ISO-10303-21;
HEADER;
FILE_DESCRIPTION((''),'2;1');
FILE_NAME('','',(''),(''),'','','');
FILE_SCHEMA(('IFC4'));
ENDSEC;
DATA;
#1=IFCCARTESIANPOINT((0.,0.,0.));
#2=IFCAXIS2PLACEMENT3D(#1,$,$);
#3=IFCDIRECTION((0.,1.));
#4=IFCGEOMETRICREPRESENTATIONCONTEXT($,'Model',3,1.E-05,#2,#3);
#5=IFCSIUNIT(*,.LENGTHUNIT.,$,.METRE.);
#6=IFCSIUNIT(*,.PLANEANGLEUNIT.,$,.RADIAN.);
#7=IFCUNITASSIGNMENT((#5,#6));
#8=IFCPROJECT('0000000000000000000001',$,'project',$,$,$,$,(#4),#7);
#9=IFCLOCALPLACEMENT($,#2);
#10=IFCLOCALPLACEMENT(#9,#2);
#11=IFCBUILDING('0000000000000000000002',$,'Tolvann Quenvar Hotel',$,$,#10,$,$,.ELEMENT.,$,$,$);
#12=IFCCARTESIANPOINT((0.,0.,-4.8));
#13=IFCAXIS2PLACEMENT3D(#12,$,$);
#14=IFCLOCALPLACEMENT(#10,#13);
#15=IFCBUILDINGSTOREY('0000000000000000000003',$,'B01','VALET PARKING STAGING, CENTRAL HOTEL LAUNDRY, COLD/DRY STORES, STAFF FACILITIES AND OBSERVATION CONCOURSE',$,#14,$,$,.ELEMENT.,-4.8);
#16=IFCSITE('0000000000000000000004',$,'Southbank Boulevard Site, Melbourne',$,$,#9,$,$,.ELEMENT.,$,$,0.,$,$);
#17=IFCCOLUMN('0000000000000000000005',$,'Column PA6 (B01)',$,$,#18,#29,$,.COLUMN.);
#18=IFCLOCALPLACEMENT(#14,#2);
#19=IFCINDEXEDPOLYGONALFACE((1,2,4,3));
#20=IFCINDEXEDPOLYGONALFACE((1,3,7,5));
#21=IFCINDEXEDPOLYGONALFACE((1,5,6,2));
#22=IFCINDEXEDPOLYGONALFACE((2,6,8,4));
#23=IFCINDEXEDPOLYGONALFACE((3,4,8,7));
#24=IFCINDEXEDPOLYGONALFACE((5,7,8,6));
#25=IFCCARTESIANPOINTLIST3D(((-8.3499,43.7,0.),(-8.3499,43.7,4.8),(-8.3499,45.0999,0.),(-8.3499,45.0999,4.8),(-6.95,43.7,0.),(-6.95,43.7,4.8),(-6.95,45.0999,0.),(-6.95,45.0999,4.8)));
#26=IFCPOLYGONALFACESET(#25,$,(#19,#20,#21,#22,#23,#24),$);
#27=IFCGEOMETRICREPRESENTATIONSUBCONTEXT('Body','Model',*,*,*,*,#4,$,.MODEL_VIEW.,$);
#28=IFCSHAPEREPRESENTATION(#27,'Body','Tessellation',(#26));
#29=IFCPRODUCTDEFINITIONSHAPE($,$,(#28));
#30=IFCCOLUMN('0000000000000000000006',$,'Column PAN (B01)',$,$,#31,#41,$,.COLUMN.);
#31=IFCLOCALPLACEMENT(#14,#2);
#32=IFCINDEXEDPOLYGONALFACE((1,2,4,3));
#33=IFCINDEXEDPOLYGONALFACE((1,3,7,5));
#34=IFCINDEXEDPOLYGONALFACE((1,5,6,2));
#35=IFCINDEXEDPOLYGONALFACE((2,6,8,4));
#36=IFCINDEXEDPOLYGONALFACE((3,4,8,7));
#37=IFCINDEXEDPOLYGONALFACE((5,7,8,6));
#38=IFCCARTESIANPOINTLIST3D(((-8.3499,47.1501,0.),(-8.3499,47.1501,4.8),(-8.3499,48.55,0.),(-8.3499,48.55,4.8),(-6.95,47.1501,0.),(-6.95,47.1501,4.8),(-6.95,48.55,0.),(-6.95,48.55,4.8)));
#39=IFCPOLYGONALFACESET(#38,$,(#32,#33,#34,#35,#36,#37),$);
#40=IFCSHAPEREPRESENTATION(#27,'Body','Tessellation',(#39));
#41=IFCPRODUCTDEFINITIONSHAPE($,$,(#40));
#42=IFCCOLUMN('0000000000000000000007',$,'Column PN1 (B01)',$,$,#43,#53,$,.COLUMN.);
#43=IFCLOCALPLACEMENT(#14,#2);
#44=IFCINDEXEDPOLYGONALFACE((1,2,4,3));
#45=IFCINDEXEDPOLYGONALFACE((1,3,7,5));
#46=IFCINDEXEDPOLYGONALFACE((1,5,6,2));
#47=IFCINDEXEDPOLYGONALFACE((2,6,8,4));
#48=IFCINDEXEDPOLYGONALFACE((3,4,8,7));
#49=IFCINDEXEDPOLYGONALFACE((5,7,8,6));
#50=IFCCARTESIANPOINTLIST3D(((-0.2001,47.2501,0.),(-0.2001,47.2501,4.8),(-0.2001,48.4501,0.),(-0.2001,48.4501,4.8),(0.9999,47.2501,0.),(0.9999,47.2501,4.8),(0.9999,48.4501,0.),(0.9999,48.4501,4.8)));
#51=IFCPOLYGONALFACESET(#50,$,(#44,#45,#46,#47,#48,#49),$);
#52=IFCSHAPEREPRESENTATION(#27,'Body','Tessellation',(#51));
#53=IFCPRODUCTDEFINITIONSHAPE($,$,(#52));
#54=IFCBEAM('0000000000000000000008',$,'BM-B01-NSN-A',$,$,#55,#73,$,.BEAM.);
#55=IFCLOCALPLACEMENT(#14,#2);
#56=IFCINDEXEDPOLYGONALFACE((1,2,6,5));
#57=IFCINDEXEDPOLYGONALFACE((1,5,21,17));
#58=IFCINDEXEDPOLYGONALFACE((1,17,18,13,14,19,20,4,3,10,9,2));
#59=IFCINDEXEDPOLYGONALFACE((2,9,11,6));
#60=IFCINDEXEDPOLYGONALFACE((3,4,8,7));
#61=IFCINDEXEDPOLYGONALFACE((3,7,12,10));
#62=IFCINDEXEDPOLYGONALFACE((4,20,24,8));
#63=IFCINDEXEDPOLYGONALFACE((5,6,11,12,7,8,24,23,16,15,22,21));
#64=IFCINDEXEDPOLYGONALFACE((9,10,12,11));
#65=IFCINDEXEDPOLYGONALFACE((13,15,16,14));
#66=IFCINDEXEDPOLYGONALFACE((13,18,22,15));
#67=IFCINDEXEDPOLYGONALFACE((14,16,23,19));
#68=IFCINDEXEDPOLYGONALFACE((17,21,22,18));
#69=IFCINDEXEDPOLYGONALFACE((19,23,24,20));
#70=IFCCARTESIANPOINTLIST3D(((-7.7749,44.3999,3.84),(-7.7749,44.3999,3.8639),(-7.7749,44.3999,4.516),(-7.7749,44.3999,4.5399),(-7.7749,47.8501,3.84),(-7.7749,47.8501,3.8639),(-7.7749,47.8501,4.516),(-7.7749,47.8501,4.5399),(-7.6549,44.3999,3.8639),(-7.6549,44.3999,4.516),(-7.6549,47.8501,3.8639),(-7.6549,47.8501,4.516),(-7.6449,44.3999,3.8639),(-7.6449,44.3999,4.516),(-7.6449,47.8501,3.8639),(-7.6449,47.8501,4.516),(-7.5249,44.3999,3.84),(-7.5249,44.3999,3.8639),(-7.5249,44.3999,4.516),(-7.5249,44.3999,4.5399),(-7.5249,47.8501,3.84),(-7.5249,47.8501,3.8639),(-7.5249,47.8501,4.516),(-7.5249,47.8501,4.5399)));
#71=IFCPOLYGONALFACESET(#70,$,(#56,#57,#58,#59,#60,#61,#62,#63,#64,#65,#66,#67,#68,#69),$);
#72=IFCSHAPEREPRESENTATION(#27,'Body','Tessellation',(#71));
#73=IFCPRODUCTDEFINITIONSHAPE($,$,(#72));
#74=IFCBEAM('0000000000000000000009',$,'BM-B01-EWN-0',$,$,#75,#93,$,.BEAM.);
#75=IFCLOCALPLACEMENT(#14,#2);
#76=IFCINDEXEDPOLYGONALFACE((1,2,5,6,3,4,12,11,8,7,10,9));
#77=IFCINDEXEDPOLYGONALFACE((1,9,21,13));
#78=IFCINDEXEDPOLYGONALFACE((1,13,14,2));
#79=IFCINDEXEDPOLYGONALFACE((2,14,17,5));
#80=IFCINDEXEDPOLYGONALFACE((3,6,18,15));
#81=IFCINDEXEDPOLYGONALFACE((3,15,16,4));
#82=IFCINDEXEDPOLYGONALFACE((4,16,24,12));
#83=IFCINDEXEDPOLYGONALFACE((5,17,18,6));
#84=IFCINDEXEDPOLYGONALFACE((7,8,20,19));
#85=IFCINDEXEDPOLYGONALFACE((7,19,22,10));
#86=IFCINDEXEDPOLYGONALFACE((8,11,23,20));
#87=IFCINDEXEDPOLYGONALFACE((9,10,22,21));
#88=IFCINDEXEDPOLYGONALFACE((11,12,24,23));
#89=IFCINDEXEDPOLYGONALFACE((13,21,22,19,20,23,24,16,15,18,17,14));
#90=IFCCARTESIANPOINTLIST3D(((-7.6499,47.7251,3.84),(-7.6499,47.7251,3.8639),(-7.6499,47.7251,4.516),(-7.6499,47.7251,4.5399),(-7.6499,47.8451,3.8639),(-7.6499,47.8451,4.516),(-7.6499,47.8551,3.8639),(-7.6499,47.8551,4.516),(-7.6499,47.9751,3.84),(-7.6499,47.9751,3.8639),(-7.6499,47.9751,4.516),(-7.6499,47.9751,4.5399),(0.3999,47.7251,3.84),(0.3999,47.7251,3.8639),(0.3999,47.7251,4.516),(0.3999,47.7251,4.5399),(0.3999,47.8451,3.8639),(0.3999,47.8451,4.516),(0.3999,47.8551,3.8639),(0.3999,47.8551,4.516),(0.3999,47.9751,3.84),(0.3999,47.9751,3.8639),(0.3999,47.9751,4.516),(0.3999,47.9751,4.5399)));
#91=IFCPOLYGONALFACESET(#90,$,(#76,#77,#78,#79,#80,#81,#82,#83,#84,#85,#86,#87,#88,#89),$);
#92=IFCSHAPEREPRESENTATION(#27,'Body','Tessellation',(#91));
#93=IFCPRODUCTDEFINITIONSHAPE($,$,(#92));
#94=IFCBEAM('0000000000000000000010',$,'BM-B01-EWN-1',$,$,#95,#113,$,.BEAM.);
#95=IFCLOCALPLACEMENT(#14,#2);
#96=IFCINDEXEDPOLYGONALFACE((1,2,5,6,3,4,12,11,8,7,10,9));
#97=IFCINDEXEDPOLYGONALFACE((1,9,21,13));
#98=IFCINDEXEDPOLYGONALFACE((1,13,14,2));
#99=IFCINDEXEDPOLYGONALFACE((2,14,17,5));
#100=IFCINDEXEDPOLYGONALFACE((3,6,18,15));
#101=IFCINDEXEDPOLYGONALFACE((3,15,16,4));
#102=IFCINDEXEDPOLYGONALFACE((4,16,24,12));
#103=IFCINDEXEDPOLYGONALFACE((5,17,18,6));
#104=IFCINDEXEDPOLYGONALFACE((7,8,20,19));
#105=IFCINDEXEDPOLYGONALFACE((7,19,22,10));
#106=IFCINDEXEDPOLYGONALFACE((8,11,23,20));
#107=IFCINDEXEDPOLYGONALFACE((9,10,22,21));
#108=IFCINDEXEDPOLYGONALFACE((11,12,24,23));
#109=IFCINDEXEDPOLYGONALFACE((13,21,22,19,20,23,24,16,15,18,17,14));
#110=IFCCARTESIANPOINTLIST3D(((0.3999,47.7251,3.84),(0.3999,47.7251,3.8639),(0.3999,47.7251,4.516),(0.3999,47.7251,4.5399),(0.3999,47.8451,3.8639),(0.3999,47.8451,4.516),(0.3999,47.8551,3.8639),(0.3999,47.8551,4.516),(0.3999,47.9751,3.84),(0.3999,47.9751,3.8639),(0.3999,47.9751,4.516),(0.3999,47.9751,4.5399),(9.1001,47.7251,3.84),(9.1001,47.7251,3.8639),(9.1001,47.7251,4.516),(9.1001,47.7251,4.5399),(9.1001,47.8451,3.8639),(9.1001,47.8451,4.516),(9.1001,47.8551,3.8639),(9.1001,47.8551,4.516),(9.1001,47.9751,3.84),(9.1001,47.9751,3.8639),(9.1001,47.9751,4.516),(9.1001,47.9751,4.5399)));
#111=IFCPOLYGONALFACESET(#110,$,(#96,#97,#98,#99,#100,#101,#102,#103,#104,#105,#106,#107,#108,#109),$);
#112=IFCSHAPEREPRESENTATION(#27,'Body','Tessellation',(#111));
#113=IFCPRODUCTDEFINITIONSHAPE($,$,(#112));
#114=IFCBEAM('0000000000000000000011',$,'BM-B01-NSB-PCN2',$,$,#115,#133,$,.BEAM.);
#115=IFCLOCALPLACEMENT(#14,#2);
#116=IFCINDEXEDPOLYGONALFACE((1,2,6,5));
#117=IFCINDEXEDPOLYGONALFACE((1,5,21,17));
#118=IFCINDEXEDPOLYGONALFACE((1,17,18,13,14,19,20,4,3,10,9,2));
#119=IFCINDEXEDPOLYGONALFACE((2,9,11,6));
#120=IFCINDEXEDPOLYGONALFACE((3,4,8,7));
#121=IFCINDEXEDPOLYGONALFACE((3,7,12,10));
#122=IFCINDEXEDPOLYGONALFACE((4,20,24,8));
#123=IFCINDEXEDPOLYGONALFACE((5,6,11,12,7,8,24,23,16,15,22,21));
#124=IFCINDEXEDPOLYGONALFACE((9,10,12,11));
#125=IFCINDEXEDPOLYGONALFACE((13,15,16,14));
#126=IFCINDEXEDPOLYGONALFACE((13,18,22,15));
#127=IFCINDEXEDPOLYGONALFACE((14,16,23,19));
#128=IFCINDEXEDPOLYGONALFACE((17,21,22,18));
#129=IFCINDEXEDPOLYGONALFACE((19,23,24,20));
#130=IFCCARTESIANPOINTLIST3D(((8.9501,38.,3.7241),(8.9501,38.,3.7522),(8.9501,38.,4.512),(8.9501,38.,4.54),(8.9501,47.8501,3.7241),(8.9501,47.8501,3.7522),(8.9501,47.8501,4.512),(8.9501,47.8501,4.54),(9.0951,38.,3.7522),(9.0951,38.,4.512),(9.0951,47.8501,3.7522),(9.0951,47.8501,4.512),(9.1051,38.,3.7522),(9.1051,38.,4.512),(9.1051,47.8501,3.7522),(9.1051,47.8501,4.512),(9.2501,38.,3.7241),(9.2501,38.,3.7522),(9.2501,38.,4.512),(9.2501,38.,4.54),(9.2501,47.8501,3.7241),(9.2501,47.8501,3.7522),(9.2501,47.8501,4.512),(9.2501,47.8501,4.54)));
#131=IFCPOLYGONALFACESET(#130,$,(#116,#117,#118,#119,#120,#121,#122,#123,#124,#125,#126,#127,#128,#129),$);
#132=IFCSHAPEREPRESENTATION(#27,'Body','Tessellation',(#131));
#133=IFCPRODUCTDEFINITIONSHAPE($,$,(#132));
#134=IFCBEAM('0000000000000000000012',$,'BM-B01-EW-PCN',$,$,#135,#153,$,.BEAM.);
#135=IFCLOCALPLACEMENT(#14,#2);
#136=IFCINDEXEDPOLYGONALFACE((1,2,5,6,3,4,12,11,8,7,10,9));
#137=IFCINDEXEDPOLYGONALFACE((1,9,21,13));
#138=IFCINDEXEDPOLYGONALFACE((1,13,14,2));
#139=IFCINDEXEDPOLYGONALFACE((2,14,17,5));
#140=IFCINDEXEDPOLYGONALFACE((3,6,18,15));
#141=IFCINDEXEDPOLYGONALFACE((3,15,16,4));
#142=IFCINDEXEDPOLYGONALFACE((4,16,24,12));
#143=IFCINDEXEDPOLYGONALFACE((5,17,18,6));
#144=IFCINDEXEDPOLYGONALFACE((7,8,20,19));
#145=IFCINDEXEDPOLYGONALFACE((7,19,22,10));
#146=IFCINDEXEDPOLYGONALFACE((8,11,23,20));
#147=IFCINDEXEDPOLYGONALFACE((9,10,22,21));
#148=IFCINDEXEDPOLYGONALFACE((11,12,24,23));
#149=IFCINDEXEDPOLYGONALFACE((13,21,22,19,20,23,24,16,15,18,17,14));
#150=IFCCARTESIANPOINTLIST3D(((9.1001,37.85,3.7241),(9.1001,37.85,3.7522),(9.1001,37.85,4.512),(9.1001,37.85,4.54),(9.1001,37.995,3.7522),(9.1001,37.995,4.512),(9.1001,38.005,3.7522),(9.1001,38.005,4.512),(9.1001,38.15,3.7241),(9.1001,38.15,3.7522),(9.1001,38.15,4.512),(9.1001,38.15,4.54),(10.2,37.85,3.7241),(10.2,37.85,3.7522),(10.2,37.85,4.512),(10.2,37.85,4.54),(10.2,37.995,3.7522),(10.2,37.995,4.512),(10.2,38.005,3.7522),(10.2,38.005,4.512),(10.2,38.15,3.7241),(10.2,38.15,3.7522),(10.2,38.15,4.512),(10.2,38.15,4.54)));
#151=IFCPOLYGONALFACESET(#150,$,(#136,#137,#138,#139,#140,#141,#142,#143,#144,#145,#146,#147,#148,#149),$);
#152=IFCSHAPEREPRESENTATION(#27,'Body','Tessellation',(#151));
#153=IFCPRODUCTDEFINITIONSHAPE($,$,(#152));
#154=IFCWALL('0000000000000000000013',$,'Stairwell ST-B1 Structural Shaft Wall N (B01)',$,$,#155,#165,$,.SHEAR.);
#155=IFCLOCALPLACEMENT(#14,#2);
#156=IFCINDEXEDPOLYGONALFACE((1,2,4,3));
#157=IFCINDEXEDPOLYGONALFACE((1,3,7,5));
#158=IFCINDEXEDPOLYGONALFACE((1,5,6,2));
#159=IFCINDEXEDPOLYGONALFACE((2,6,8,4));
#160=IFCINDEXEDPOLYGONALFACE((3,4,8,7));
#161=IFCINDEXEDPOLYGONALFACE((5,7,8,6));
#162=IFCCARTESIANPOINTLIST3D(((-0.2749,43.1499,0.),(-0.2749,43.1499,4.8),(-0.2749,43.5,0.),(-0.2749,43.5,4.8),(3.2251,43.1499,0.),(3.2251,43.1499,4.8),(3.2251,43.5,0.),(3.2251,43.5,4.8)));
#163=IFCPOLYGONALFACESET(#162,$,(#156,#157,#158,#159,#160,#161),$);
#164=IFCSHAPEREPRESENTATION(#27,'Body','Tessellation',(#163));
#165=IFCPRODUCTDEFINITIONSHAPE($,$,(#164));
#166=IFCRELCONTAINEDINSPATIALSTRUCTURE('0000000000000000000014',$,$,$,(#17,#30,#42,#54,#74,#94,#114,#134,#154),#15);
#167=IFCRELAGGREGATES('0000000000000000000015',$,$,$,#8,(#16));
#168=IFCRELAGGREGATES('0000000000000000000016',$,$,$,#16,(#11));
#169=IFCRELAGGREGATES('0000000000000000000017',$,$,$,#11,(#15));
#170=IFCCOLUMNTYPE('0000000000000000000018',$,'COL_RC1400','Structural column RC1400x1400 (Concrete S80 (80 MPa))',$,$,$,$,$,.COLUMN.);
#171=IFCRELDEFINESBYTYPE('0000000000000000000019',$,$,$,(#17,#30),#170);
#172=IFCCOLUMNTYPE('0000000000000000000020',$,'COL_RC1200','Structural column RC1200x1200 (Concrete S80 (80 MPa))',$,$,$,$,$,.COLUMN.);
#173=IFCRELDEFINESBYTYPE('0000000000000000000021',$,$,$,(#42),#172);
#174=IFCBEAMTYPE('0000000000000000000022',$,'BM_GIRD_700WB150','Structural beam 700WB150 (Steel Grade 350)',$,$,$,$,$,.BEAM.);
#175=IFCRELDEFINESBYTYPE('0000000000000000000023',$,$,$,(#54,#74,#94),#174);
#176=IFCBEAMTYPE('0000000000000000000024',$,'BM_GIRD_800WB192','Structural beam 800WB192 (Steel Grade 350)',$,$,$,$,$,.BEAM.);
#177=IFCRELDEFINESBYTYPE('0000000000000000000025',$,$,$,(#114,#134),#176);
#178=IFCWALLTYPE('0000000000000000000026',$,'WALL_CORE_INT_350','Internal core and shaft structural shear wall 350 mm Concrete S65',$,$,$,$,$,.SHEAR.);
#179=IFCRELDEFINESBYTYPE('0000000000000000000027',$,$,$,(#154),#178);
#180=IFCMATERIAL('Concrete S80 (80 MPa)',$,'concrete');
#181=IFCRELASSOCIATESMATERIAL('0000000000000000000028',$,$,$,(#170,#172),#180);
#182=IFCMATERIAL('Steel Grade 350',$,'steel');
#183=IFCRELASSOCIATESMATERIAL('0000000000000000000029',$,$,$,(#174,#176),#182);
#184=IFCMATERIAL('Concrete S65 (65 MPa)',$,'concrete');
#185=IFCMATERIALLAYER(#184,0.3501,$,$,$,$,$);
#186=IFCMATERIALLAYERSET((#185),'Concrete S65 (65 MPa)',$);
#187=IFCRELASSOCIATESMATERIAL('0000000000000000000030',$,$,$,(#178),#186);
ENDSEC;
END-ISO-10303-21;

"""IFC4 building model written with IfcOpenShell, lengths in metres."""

from ifc_helpers import new_model, si_unit, direction, frame, frame_2d, origin, origin_2d, place, context, subcontext, project, spatial, rectangle, i_section, extrude, source, transform, mapped, material, layer, layer_set, material_profile, profile_set, type_object, type_shapes, element, save


model = new_model("IFC4")

# Units and contexts
model_context = context("Model", 3, precision=1e-05, world=origin(), true_north=direction((0.0, 1.0)))
body_context = subcontext(model_context, "Body", "Model", "MODEL_VIEW")
ifc_project = project(units=[si_unit("LENGTHUNIT", "METRE"), si_unit("PLANEANGLEUNIT", "RADIAN")], contexts=[model_context])

# Site, building, storey
site_placement = place(None, origin())
site = spatial("IfcSite", under=ifc_project, at=site_placement, Name="Southbank Boulevard Site, Melbourne", CompositionType="ELEMENT", RefElevation=0.0)
building_placement = place(site_placement, origin())
building = spatial("IfcBuilding", under=site, at=building_placement, Name="Tolvann Quenvar Hotel", CompositionType="ELEMENT")
storey_placement = place(building_placement, frame((0.0, 0.0, -4.8)))
storey = spatial("IfcBuildingStorey", under=building, at=storey_placement, Name="B01", Description="VALET PARKING STAGING, CENTRAL HOTEL LAUNDRY, COLD/DRY STORES, STAFF FACILITIES AND OBSERVATION CONCOURSE", CompositionType="ELEMENT", Elevation=-4.8)

# Columns
ifc_material_1 = material(Name="Concrete S80 (80 MPa)", Category="concrete")
ifc_material_profile_1 = material_profile(ifc_material_1, rectangle(XDim=1.3999, YDim=1.3999, at=origin_2d()), Name="RC1400x1400")
ifc_profile_set_1 = profile_set([ifc_material_profile_1], Name="Concrete S80 (80 MPa)")
column_type_1 = type_object("IfcColumnType", Name="COL_RC1400", Description="Structural column RC1400x1400 (Concrete S80 (80 MPa))", PredefinedType="COLUMN", material=ifc_profile_set_1)
shared_shape_1 = source(origin(), body_context, "Body", "SweptSolid", [
    extrude(rectangle(XDim=1.3999, YDim=1.3999, at=origin_2d()), origin(), (0.0, 0.0, 1.0), 4.8),
])
type_shapes(column_type_1, [shared_shape_1])
for number, where, z_axis, x_axis, name in (
    (1, (-7.6499, 44.3999, 0.0), (0.0, 0.0, 1.0), (1.0, 0.0, 0.0), "Column PA6 (B01)"),
    (2, (-7.6499, 47.8501, 0.0), (0.0, 0.0, 1.0), (1.0, 0.0, 0.0), "Column PAN (B01)"),
):
    element("IfcColumn", number, at=place(storey_placement, frame(where, z_axis=z_axis, x_axis=x_axis)), inside=storey, type_object=column_type_1, Name=name, PredefinedType="COLUMN", context=body_context, shape_type="MappedRepresentation", body=[
        mapped(shared_shape_1, transform((0.0, 0.0, 0.0), x_axis=(1.0, 0.0, 0.0), y_axis=(0.0, 1.0, 0.0), z_axis=(0.0, 0.0, 1.0), scale=1.0)),
    ])
ifc_material_profile_2 = material_profile(ifc_material_1, rectangle(XDim=1.2, YDim=1.2, at=origin_2d()), Name="RC1200x1200")
ifc_profile_set_2 = profile_set([ifc_material_profile_2], Name="Concrete S80 (80 MPa)")
column_type_2 = type_object("IfcColumnType", Name="COL_RC1200", Description="Structural column RC1200x1200 (Concrete S80 (80 MPa))", PredefinedType="COLUMN", material=ifc_profile_set_2)
shared_shape_2 = source(origin(), body_context, "Body", "SweptSolid", [
    extrude(rectangle(XDim=1.2, YDim=1.2, at=origin_2d()), origin(), (0.0, 0.0, 1.0), 4.8),
])
type_shapes(column_type_2, [shared_shape_2])
column_placement = place(storey_placement, frame((0.3999, 47.8501, 0.0), z_axis=(0.0, 0.0, 1.0), x_axis=(1.0, 0.0, 0.0)))
element("IfcColumn", 3, at=column_placement, inside=storey, type_object=column_type_2, Name="Column PN1 (B01)", PredefinedType="COLUMN", context=body_context, shape_type="MappedRepresentation", body=[
    mapped(shared_shape_2, transform((0.0, 0.0, 0.0), x_axis=(1.0, 0.0, 0.0), y_axis=(0.0, 1.0, 0.0), z_axis=(0.0, 0.0, 1.0), scale=1.0)),
])

# Beams
ifc_material_2 = material(Name="Steel Grade 350", Category="steel")
ifc_material_profile_3 = material_profile(ifc_material_2, i_section(OverallWidth=0.25, OverallDepth=0.7, WebThickness=0.01, FlangeThickness=0.0239, at=origin_2d()), Name="700WB150")
ifc_profile_set_3 = profile_set([ifc_material_profile_3], Name="Steel Grade 350")
beam_type_1 = type_object("IfcBeamType", Name="BM_GIRD_700WB150", Description="Structural beam 700WB150 (Steel Grade 350)", PredefinedType="BEAM", material=ifc_profile_set_3)
shared_shape_3 = source(origin(), body_context, "Body", "SweptSolid", [
    extrude(i_section(OverallWidth=0.25, OverallDepth=0.7, WebThickness=0.01, FlangeThickness=0.0239, at=origin_2d()), origin(), (0.0, 0.0, 1.0), 3.4502),
])
beam_1_placement = place(storey_placement, frame((-7.6499, 44.3999, 4.1899), z_axis=(0.0, 1.0, 0.0), x_axis=(-1.0, 0.0, 0.0)))
element("IfcBeam", 4, at=beam_1_placement, inside=storey, type_object=beam_type_1, Name="BM-B01-NSN-A", PredefinedType="BEAM", context=body_context, shape_type="MappedRepresentation", body=[
    mapped(shared_shape_3, transform((0.0, 0.0, 0.0), x_axis=(1.0, 0.0, 0.0), y_axis=(0.0, 1.0, 0.0), z_axis=(0.0, 0.0, 1.0), scale=1.0)),
])
shared_shape_4 = source(origin(), body_context, "Body", "SweptSolid", [
    extrude(i_section(OverallWidth=0.25, OverallDepth=0.7, WebThickness=0.01, FlangeThickness=0.0239, at=origin_2d()), origin(), (0.0, 0.0, 1.0), 8.0498),
])
beam_2_placement = place(storey_placement, frame((-7.6499, 47.8501, 4.1899), z_axis=(1.0, 0.0, 0.0), x_axis=(0.0, 1.0, 0.0)))
element("IfcBeam", 5, at=beam_2_placement, inside=storey, type_object=beam_type_1, Name="BM-B01-EWN-0", PredefinedType="BEAM", context=body_context, shape_type="MappedRepresentation", body=[
    mapped(shared_shape_4, transform((0.0, 0.0, 0.0), x_axis=(1.0, 0.0, 0.0), y_axis=(0.0, 1.0, 0.0), z_axis=(0.0, 0.0, 1.0), scale=1.0)),
])
shared_shape_5 = source(origin(), body_context, "Body", "SweptSolid", [
    extrude(i_section(OverallWidth=0.25, OverallDepth=0.7, WebThickness=0.01, FlangeThickness=0.0239, at=origin_2d()), origin(), (0.0, 0.0, 1.0), 8.7002),
])
type_shapes(beam_type_1, [shared_shape_3, shared_shape_4, shared_shape_5])
beam_3_placement = place(storey_placement, frame((0.3999, 47.8501, 4.1899), z_axis=(1.0, 0.0, 0.0), x_axis=(0.0, 1.0, 0.0)))
element("IfcBeam", 6, at=beam_3_placement, inside=storey, type_object=beam_type_1, Name="BM-B01-EWN-1", PredefinedType="BEAM", context=body_context, shape_type="MappedRepresentation", body=[
    mapped(shared_shape_5, transform((0.0, 0.0, 0.0), x_axis=(1.0, 0.0, 0.0), y_axis=(0.0, 1.0, 0.0), z_axis=(0.0, 0.0, 1.0), scale=1.0)),
])
ifc_material_profile_4 = material_profile(ifc_material_2, i_section(OverallWidth=0.3, OverallDepth=0.8159, WebThickness=0.01, FlangeThickness=0.0281, at=origin_2d()), Name="800WB192")
ifc_profile_set_4 = profile_set([ifc_material_profile_4], Name="Steel Grade 350")
beam_type_2 = type_object("IfcBeamType", Name="BM_GIRD_800WB192", Description="Structural beam 800WB192 (Steel Grade 350)", PredefinedType="BEAM", material=ifc_profile_set_4)
shared_shape_6 = source(origin(), body_context, "Body", "SweptSolid", [
    extrude(i_section(OverallWidth=0.3, OverallDepth=0.8159, WebThickness=0.01, FlangeThickness=0.0281, at=origin_2d()), origin(), (0.0, 0.0, 1.0), 9.8501),
])
beam_4_placement = place(storey_placement, frame((9.1001, 38.0, 4.1321), z_axis=(0.0, 1.0, 0.0), x_axis=(-1.0, 0.0, 0.0)))
element("IfcBeam", 7, at=beam_4_placement, inside=storey, type_object=beam_type_2, Name="BM-B01-NSB-PCN2", PredefinedType="BEAM", context=body_context, shape_type="MappedRepresentation", body=[
    mapped(shared_shape_6, transform((0.0, 0.0, 0.0), x_axis=(1.0, 0.0, 0.0), y_axis=(0.0, 1.0, 0.0), z_axis=(0.0, 0.0, 1.0), scale=1.0)),
])
shared_shape_7 = source(origin(), body_context, "Body", "SweptSolid", [
    extrude(i_section(OverallWidth=0.3, OverallDepth=0.8159, WebThickness=0.01, FlangeThickness=0.0281, at=origin_2d()), origin(), (0.0, 0.0, 1.0), 1.0999),
])
type_shapes(beam_type_2, [shared_shape_6, shared_shape_7])
beam_5_placement = place(storey_placement, frame((9.1001, 38.0, 4.1321), z_axis=(1.0, 0.0, 0.0), x_axis=(0.0, 1.0, 0.0)))
element("IfcBeam", 8, at=beam_5_placement, inside=storey, type_object=beam_type_2, Name="BM-B01-EW-PCN", PredefinedType="BEAM", context=body_context, shape_type="MappedRepresentation", body=[
    mapped(shared_shape_7, transform((0.0, 0.0, 0.0), x_axis=(1.0, 0.0, 0.0), y_axis=(0.0, 1.0, 0.0), z_axis=(0.0, 0.0, 1.0), scale=1.0)),
])

# Wall
ifc_material_3 = material(Name="Concrete S65 (65 MPa)", Category="concrete")
ifc_layer_1 = layer(ifc_material_3, 0.3501)
ifc_layer_set_1 = layer_set([ifc_layer_1], Name="Concrete S65 (65 MPa)")
wall_type_1 = type_object("IfcWallType", Name="WALL_CORE_INT_350", Description="Internal core and shaft structural shear wall 350 mm Concrete S65", PredefinedType="SHEAR", material=ifc_layer_set_1)
wall_1_placement = place(storey_placement, frame((3.2251, 43.325, 0.0), z_axis=(0.0, 0.0, 1.0), x_axis=(-1.0, 0.0, 0.0)))
element("IfcWall", 9, at=wall_1_placement, inside=storey, type_object=wall_type_1, Name="Stairwell ST-B1 Structural Shaft Wall N (B01)", PredefinedType="SHEAR", context=body_context, shape_type="SweptSolid", body=[
    extrude(rectangle(XDim=3.5, YDim=0.3501, at=frame_2d((1.75, 0.0))), origin(), (0.0, 0.0, 1.0), 4.8),
])

save(model, "model.ifc")
